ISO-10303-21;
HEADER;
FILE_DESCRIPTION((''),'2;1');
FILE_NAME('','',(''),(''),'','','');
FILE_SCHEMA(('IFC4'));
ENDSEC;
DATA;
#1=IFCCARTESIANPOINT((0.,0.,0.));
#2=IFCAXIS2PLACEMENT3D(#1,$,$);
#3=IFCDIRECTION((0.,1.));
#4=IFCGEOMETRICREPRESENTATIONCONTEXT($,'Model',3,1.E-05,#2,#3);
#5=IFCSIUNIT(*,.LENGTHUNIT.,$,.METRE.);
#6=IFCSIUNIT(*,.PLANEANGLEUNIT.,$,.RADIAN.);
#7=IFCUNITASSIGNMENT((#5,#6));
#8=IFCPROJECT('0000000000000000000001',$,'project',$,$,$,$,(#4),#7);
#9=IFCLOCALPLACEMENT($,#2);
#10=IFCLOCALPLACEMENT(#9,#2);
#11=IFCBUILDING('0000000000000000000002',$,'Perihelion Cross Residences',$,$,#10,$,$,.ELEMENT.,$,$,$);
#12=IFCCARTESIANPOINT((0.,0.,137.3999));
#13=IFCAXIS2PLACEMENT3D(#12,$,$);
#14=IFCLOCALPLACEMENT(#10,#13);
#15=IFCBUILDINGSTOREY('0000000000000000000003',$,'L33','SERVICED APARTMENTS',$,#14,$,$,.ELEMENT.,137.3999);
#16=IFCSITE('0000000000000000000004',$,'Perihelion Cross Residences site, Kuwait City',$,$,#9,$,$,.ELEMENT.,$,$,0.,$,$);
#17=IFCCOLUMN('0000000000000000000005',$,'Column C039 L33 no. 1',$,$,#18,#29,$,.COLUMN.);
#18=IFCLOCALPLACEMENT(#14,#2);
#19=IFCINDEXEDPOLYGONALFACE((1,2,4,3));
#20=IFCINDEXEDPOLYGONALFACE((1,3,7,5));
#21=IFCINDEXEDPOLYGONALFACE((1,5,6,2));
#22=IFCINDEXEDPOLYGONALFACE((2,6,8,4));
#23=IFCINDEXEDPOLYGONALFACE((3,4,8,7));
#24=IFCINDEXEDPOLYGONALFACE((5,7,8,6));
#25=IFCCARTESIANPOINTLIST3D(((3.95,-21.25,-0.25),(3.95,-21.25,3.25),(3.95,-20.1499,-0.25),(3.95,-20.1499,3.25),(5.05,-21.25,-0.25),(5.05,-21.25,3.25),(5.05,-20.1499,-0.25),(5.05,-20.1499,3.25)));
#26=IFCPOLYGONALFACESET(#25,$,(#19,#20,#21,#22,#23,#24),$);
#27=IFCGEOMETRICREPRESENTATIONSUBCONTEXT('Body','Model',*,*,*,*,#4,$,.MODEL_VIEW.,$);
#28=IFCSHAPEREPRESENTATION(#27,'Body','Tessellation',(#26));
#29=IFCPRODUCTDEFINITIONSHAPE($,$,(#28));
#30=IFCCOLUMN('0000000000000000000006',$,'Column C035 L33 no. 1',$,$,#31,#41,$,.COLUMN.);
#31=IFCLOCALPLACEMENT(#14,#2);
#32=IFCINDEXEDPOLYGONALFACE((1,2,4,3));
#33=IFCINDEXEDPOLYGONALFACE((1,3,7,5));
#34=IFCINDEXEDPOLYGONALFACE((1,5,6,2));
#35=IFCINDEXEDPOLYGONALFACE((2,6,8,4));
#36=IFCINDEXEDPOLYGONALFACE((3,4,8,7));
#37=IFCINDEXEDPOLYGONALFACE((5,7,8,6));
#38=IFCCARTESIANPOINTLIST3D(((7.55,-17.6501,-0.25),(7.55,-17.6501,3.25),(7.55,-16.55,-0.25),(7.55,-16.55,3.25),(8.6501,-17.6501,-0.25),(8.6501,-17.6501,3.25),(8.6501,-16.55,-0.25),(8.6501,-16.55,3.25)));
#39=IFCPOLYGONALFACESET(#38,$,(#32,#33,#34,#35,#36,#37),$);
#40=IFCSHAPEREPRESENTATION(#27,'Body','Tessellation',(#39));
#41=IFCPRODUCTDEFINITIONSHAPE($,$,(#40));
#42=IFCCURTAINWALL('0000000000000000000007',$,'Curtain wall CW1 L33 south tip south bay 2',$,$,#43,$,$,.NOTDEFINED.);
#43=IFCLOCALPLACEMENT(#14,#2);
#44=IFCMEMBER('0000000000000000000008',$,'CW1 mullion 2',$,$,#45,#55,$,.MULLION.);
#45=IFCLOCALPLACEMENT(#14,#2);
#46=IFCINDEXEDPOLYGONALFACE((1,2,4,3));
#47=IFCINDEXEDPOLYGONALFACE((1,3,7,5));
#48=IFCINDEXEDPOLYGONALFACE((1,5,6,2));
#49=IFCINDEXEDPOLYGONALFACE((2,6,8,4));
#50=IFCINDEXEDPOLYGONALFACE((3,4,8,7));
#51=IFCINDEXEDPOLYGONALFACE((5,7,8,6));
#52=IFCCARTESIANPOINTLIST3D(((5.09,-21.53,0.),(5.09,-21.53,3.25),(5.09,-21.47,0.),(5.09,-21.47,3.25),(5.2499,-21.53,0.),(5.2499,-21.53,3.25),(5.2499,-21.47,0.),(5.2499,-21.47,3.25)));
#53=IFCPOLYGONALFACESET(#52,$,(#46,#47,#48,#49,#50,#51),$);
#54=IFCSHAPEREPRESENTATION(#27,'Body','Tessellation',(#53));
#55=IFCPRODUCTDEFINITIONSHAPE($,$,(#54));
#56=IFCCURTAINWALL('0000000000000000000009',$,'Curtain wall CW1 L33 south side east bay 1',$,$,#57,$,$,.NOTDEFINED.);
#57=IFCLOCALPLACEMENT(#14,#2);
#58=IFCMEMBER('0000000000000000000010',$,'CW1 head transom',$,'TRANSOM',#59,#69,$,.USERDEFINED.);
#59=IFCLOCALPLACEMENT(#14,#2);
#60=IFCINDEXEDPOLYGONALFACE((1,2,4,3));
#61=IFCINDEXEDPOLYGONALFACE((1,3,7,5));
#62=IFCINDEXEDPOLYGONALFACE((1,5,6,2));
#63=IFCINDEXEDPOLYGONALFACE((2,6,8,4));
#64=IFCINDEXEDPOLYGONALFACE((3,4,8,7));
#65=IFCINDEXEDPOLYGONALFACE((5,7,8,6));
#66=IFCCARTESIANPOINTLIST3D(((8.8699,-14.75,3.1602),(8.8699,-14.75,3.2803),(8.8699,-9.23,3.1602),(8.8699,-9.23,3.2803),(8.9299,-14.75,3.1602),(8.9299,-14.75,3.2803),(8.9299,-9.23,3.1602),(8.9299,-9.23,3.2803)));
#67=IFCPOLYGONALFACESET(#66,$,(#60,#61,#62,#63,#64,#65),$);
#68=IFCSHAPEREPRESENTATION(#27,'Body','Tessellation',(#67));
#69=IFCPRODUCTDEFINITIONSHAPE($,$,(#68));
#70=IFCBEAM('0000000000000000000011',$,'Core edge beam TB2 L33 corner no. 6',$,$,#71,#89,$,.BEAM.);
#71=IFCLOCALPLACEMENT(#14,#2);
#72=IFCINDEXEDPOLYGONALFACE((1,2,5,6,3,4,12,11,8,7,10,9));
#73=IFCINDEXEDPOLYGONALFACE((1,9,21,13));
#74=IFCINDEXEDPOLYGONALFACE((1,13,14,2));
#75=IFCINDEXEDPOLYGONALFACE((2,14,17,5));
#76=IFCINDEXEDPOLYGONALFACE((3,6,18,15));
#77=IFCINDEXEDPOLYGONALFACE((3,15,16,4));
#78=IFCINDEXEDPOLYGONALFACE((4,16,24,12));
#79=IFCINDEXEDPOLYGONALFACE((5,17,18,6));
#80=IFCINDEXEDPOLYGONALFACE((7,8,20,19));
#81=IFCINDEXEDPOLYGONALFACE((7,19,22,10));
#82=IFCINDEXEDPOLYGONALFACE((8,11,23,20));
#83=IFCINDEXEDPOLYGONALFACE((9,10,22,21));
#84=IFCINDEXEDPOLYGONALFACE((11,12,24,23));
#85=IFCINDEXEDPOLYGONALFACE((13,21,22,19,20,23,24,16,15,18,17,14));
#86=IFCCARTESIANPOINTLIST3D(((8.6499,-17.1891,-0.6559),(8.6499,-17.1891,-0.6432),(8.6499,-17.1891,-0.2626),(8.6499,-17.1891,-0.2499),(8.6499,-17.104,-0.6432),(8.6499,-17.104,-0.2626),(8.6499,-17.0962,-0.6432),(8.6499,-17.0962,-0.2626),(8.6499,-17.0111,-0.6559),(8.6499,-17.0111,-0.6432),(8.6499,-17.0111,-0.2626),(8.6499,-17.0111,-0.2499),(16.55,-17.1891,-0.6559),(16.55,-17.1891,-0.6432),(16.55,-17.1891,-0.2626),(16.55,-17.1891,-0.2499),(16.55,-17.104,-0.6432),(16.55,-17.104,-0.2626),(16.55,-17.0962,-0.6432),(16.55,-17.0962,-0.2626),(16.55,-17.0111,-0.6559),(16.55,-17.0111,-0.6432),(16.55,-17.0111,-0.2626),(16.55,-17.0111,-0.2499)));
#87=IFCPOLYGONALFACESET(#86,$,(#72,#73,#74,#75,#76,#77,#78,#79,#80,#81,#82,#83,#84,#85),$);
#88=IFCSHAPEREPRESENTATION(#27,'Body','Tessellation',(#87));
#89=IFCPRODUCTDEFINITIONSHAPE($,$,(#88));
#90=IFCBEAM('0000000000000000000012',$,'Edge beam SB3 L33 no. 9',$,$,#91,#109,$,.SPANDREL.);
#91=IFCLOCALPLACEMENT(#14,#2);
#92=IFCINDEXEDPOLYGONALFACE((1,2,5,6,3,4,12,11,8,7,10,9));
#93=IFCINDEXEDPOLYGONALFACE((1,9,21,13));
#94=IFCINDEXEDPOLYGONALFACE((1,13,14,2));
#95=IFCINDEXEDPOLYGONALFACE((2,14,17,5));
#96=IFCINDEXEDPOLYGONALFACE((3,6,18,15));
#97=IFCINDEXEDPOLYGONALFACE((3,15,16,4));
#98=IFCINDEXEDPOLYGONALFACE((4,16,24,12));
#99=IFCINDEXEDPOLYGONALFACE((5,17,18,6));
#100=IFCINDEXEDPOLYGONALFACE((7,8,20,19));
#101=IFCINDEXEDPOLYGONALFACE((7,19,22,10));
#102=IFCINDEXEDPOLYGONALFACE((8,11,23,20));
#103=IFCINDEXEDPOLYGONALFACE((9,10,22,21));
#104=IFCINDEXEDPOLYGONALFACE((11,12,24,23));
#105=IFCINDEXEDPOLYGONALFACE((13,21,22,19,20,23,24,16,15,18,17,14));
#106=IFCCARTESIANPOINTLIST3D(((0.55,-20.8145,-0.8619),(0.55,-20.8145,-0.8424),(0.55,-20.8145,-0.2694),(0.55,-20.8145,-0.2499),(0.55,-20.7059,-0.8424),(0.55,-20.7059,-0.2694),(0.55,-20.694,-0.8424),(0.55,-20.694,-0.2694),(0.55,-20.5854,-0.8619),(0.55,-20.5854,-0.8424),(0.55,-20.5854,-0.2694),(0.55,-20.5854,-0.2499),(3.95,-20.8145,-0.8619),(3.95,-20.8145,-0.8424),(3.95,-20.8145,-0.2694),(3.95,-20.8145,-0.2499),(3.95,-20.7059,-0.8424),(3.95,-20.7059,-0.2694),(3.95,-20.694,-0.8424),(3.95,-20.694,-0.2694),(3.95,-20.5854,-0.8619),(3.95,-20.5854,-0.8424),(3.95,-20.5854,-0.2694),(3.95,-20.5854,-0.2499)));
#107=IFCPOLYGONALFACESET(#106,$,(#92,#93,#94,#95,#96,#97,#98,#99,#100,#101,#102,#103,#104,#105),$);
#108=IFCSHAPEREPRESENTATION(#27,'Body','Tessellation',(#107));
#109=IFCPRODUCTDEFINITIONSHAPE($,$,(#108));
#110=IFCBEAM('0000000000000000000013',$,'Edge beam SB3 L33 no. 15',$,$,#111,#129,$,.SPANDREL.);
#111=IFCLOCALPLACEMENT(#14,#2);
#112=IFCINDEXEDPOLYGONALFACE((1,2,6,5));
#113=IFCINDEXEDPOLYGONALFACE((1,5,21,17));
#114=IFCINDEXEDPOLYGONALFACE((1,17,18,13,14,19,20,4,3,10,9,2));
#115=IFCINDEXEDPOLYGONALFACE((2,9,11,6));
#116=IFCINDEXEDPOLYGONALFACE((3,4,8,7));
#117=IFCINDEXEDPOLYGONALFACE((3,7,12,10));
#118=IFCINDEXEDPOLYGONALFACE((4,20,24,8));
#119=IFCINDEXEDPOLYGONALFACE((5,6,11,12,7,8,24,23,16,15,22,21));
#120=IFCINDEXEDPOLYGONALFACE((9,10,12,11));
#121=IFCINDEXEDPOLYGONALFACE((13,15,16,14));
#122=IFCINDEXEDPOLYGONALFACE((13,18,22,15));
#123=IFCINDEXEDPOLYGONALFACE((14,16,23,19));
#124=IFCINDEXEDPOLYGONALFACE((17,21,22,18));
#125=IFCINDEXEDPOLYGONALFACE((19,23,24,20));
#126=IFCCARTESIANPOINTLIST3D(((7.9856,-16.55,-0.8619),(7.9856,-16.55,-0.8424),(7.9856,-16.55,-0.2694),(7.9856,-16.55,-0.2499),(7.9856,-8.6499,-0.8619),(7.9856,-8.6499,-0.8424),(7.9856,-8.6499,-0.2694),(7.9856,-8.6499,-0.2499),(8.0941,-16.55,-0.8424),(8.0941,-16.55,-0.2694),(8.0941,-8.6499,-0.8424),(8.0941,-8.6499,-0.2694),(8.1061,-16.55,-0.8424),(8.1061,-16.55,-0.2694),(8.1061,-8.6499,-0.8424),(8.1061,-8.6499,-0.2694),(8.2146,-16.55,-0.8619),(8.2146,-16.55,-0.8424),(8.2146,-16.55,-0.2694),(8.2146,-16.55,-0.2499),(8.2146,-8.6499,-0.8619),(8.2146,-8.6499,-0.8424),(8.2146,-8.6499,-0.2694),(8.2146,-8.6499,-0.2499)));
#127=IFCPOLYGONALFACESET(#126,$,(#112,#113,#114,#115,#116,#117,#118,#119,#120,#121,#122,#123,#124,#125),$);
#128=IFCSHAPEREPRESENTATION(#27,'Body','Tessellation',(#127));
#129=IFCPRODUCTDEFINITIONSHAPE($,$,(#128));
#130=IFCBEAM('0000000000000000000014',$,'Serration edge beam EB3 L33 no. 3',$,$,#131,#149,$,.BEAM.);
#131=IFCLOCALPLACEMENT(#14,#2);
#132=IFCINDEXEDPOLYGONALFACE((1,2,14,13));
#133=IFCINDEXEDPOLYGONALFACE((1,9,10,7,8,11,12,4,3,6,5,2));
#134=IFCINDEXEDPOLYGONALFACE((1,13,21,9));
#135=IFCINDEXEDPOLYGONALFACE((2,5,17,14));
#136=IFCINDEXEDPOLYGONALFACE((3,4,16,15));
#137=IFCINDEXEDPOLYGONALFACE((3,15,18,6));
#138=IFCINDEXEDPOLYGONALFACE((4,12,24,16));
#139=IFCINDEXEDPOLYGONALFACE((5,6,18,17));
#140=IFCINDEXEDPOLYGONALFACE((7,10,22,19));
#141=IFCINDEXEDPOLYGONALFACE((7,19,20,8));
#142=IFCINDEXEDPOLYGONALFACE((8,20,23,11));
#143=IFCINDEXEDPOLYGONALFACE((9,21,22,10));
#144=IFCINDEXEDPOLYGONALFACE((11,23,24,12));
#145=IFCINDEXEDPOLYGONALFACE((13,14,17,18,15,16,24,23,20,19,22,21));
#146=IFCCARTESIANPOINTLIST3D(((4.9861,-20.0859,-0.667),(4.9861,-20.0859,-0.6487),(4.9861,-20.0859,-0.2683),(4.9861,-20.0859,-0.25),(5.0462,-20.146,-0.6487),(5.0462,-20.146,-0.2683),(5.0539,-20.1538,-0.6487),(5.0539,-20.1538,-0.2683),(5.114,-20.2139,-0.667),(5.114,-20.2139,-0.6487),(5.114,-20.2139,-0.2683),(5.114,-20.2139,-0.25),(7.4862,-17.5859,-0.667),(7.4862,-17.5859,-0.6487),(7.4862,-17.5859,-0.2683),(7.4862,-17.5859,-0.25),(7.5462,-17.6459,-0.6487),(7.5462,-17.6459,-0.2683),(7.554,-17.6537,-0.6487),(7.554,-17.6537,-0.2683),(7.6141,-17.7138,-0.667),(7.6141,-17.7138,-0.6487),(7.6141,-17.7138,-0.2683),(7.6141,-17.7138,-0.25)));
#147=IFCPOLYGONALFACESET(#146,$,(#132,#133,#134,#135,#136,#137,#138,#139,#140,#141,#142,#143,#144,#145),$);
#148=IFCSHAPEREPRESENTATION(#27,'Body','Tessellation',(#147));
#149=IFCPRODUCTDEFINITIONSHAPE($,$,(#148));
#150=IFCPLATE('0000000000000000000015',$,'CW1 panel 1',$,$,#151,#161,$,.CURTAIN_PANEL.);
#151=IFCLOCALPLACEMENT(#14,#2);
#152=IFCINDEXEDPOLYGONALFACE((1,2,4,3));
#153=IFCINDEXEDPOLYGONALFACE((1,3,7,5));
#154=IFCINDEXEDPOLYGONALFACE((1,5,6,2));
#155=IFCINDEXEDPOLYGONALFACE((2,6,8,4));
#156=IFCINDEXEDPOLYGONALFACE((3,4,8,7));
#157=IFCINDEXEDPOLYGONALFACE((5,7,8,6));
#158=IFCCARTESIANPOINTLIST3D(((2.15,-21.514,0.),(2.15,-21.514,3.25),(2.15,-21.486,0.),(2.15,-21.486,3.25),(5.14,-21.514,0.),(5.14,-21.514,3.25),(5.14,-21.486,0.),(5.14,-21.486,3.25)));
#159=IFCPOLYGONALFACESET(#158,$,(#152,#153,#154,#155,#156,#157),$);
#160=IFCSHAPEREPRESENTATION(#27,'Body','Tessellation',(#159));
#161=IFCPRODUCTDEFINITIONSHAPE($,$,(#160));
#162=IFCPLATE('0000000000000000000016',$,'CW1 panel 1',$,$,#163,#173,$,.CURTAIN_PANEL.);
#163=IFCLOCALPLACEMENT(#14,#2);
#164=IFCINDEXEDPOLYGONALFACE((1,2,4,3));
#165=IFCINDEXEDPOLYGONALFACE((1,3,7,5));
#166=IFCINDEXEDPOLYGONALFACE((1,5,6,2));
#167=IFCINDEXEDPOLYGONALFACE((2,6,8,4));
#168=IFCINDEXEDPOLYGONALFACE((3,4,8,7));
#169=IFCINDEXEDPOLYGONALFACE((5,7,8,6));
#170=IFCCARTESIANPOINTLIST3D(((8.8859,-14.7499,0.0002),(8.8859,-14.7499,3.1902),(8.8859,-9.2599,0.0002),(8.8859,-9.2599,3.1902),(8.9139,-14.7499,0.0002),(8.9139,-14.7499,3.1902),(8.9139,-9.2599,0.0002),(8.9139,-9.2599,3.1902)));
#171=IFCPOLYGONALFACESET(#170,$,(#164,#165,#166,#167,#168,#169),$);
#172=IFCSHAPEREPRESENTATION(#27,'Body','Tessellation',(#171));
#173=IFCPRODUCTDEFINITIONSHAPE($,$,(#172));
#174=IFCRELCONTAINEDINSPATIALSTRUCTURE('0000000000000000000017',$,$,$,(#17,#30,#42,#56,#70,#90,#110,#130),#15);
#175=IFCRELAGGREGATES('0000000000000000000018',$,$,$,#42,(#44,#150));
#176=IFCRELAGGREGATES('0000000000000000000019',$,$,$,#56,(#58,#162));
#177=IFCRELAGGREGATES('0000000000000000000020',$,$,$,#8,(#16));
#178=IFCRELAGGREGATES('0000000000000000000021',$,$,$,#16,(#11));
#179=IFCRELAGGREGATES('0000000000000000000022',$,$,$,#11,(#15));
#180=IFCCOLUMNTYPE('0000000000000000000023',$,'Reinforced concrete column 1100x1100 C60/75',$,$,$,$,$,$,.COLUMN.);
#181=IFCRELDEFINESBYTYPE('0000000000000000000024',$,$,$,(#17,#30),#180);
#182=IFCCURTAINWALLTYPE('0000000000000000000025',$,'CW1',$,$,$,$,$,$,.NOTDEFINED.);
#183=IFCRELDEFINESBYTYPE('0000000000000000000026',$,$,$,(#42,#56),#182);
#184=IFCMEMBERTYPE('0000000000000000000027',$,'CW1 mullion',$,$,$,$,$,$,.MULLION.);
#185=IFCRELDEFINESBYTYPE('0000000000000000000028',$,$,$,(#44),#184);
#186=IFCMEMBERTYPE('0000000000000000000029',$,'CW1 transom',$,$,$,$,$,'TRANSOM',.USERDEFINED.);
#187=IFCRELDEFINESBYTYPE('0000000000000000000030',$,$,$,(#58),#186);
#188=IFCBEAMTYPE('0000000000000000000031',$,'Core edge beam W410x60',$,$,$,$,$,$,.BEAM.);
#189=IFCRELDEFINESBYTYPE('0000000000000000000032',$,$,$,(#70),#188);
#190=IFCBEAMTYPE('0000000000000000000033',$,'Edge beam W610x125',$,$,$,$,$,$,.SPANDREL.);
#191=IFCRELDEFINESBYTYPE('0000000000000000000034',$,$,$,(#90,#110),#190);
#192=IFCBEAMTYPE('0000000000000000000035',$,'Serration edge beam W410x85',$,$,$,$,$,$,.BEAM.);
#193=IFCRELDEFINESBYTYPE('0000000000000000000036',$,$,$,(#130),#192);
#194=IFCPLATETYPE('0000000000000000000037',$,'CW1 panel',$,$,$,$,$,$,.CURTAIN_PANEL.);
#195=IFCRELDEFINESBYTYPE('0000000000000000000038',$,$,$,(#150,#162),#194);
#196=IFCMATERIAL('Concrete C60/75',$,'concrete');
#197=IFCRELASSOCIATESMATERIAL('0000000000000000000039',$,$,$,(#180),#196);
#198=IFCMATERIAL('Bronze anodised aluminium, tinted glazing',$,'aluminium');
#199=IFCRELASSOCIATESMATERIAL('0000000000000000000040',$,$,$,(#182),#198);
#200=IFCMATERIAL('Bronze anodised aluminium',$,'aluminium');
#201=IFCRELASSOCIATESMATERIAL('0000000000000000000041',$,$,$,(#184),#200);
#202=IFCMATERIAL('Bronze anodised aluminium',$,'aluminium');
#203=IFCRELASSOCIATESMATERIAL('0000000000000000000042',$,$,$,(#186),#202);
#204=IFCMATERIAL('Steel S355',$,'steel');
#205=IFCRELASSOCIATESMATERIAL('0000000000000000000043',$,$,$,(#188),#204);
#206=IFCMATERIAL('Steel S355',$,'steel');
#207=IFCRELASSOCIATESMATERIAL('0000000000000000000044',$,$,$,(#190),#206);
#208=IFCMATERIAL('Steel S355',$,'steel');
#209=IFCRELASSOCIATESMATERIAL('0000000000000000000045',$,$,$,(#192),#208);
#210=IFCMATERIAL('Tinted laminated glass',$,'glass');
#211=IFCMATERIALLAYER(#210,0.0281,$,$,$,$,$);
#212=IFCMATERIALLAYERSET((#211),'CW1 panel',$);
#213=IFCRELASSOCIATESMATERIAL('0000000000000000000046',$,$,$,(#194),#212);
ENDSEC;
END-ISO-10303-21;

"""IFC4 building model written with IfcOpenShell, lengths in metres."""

from ifc_helpers import new_model, si_unit, direction, frame, origin, origin_2d, place, context, subcontext, project, spatial, rectangle, i_section, extrude, material, layer, layer_set, material_profile, profile_set, type_object, element, aggregate, save


model = new_model("IFC4")

# Units and contexts
model_context = context("Model", 3, precision=1e-05, world=origin(), true_north=direction((0.0, 1.0)))
body_context = subcontext(model_context, "Body", "Model", "MODEL_VIEW")
ifc_project = project(units=[si_unit("LENGTHUNIT", "METRE"), si_unit("PLANEANGLEUNIT", "RADIAN")], contexts=[model_context])

# Site, building, storey
site_placement = place(None, origin())
site = spatial("IfcSite", under=ifc_project, at=site_placement, Name="Perihelion Cross Residences site, Kuwait City", CompositionType="ELEMENT", RefElevation=0.0)
building_placement = place(site_placement, origin())
building = spatial("IfcBuilding", under=site, at=building_placement, Name="Perihelion Cross Residences", CompositionType="ELEMENT")
storey_placement = place(building_placement, frame((0.0, 0.0, 137.3999)))
storey = spatial("IfcBuildingStorey", under=building, at=storey_placement, Name="L33", Description="SERVICED APARTMENTS", CompositionType="ELEMENT", Elevation=137.3999)

# Columns
ifc_material_1 = material(Name="Concrete C60/75", Category="concrete")
ifc_material_profile_1 = material_profile(ifc_material_1, rectangle(XDim=1.1001, YDim=1.1001, at=origin_2d()), Name="RC 1100x1100")
ifc_profile_set_1 = profile_set([ifc_material_profile_1], Name="Concrete C60/75")
column_type = type_object("IfcColumnType", Name="Reinforced concrete column 1100x1100 C60/75", PredefinedType="COLUMN", material=ifc_profile_set_1)
for number, where, z_axis, x_axis, name in (
    (1, (4.5, -20.7, -0.25), (0.0, 0.0, 1.0), (1.0, 0.0, 0.0), "Column C039 L33 no. 1"),
    (2, (8.1001, -17.1001, -0.25), (0.0, 0.0, 1.0), (1.0, 0.0, 0.0), "Column C035 L33 no. 1"),
):
    element("IfcColumn", number, at=place(storey_placement, frame(where, z_axis=z_axis, x_axis=x_axis)), inside=storey, type_object=column_type, Name=name, PredefinedType="COLUMN", context=body_context, shape_type="SweptSolid", body=[
        extrude(rectangle(XDim=1.1001, YDim=1.1001, at=origin_2d()), origin(), (0.0, 0.0, 1.0), 3.5),
    ])

# Curtain walls, members
ifc_material_2 = material(Name="Bronze anodised aluminium, tinted glazing", Category="aluminium")
curtain_wall_type = type_object("IfcCurtainWallType", Name="CW1", PredefinedType="NOTDEFINED", material=ifc_material_2)
curtain_wall_1_placement = place(storey_placement, origin())
curtain_wall_1 = element("IfcCurtainWall", 3, at=curtain_wall_1_placement, inside=storey, type_object=curtain_wall_type, Name="Curtain wall CW1 L33 south tip south bay 2", PredefinedType="NOTDEFINED")
ifc_material_3 = material(Name="Bronze anodised aluminium", Category="aluminium")
ifc_material_profile_2 = material_profile(ifc_material_3, rectangle(XDim=0.0601, YDim=0.1599, at=origin_2d()), Name="CW1 mullion")
ifc_profile_set_2 = profile_set([ifc_material_profile_2], Name="Bronze anodised aluminium")
member_type_1 = type_object("IfcMemberType", Name="CW1 mullion", PredefinedType="MULLION", material=ifc_profile_set_2)
member_1_placement = place(storey_placement, frame((5.1699, -21.5, 0.0), z_axis=(0.0, 0.0, 1.0), x_axis=(0.0, 1.0, 0.0)))
member_1 = element("IfcMember", 4, at=member_1_placement, type_object=member_type_1, Name="CW1 mullion 2", PredefinedType="MULLION", context=body_context, shape_type="SweptSolid", body=[
    extrude(rectangle(XDim=0.0601, YDim=0.1599, at=origin_2d()), origin(), (0.0, 0.0, 1.0), 3.25),
])
curtain_wall_2_placement = place(storey_placement, origin())
curtain_wall_2 = element("IfcCurtainWall", 5, at=curtain_wall_2_placement, inside=storey, type_object=curtain_wall_type, Name="Curtain wall CW1 L33 south side east bay 1", PredefinedType="NOTDEFINED")
ifc_material_4 = material(Name="Bronze anodised aluminium", Category="aluminium")
ifc_material_profile_3 = material_profile(ifc_material_4, rectangle(XDim=0.0601, YDim=0.1201, at=origin_2d()), Name="CW1 transom")
ifc_profile_set_3 = profile_set([ifc_material_profile_3], Name="Bronze anodised aluminium")
member_type_2 = type_object("IfcMemberType", Name="CW1 transom", ElementType="TRANSOM", PredefinedType="USERDEFINED", material=ifc_profile_set_3)
member_2_placement = place(storey_placement, frame((8.8999, -14.75, 3.2202), z_axis=(0.0, 1.0, 0.0), x_axis=(-1.0, 0.0, 0.0)))
member_2 = element("IfcMember", 6, at=member_2_placement, type_object=member_type_2, Name="CW1 head transom", ObjectType="TRANSOM", PredefinedType="USERDEFINED", context=body_context, shape_type="SweptSolid", body=[
    extrude(rectangle(XDim=0.0601, YDim=0.1201, at=origin_2d()), origin(), (0.0, 0.0, 1.0), 5.52),
])

# Beams
ifc_material_5 = material(Name="Steel S355", Category="steel")
ifc_material_profile_4 = material_profile(ifc_material_5, i_section(OverallWidth=0.178, OverallDepth=0.406, WebThickness=0.0078, FlangeThickness=0.0127, at=origin_2d()), Name="W410x60")
ifc_profile_set_4 = profile_set([ifc_material_profile_4], Name="Steel S355")
beam_type_1 = type_object("IfcBeamType", Name="Core edge beam W410x60", PredefinedType="BEAM", material=ifc_profile_set_4)
beam_1_placement = place(storey_placement, frame((8.6499, -17.1001, -0.4529), z_axis=(1.0, 0.0, 0.0), x_axis=(0.0, 1.0, 0.0)))
element("IfcBeam", 7, at=beam_1_placement, inside=storey, type_object=beam_type_1, Name="Core edge beam TB2 L33 corner no. 6", PredefinedType="BEAM", context=body_context, shape_type="SweptSolid", body=[
    extrude(i_section(OverallWidth=0.178, OverallDepth=0.406, WebThickness=0.0078, FlangeThickness=0.0127, at=origin_2d()), origin(), (0.0, 0.0, 1.0), 7.9001),
])
ifc_material_6 = material(Name="Steel S355", Category="steel")
ifc_material_profile_5 = material_profile(ifc_material_6, i_section(OverallWidth=0.229, OverallDepth=0.6121, WebThickness=0.012, FlangeThickness=0.0195, at=origin_2d()), Name="W610x125")
ifc_profile_set_5 = profile_set([ifc_material_profile_5], Name="Steel S355")
beam_type_2 = type_object("IfcBeamType", Name="Edge beam W610x125", PredefinedType="SPANDREL", material=ifc_profile_set_5)
beam_2_placement = place(storey_placement, frame((0.55, -20.7, -0.5559), z_axis=(1.0, 0.0, 0.0), x_axis=(0.0, 1.0, 0.0)))
element("IfcBeam", 8, at=beam_2_placement, inside=storey, type_object=beam_type_2, Name="Edge beam SB3 L33 no. 9", PredefinedType="SPANDREL", context=body_context, shape_type="SweptSolid", body=[
    extrude(i_section(OverallWidth=0.229, OverallDepth=0.6121, WebThickness=0.012, FlangeThickness=0.0195, at=origin_2d()), origin(), (0.0, 0.0, 1.0), 3.3999),
])
beam_3_placement = place(storey_placement, frame((8.1001, -16.55, -0.5559), z_axis=(0.0, 1.0, 0.0), x_axis=(-1.0, 0.0, 0.0)))
element("IfcBeam", 9, at=beam_3_placement, inside=storey, type_object=beam_type_2, Name="Edge beam SB3 L33 no. 15", PredefinedType="SPANDREL", context=body_context, shape_type="SweptSolid", body=[
    extrude(i_section(OverallWidth=0.229, OverallDepth=0.6121, WebThickness=0.012, FlangeThickness=0.0195, at=origin_2d()), origin(), (0.0, 0.0, 1.0), 7.9001),
])
ifc_material_7 = material(Name="Steel S355", Category="steel")
ifc_material_profile_6 = material_profile(ifc_material_7, i_section(OverallWidth=0.1809, OverallDepth=0.417, WebThickness=0.011, FlangeThickness=0.0183, at=origin_2d()), Name="W410x85")
ifc_profile_set_6 = profile_set([ifc_material_profile_6], Name="Steel S355")
beam_type_3 = type_object("IfcBeamType", Name="Serration edge beam W410x85", PredefinedType="BEAM", material=ifc_profile_set_6)
beam_4_placement = place(storey_placement, frame((5.05, -20.1499, -0.4585), z_axis=(0.707107, 0.707107, 0.0), x_axis=(-0.707107, 0.707107, 0.0)))
element("IfcBeam", 10, at=beam_4_placement, inside=storey, type_object=beam_type_3, Name="Serration edge beam EB3 L33 no. 3", PredefinedType="BEAM", context=body_context, shape_type="SweptSolid", body=[
    extrude(i_section(OverallWidth=0.1809, OverallDepth=0.417, WebThickness=0.011, FlangeThickness=0.0183, at=origin_2d()), origin(), (0.0, 0.0, 1.0), 3.5356),
])

# Plates
ifc_material_8 = material(Name="Tinted laminated glass", Category="glass")
ifc_layer_1 = layer(ifc_material_8, 0.0281)
ifc_layer_set_1 = layer_set([ifc_layer_1], Name="CW1 panel")
plate_type = type_object("IfcPlateType", Name="CW1 panel", PredefinedType="CURTAIN_PANEL", material=ifc_layer_set_1)
plate_1_placement = place(storey_placement, frame((3.645, -21.5, 0.0), z_axis=(0.0, 0.0, 1.0), x_axis=(1.0, 0.0, 0.0)))
plate_1 = element("IfcPlate", 11, at=plate_1_placement, type_object=plate_type, Name="CW1 panel 1", PredefinedType="CURTAIN_PANEL", context=body_context, shape_type="SweptSolid", body=[
    extrude(rectangle(XDim=2.99, YDim=0.0281, at=origin_2d()), origin(), (0.0, 0.0, 1.0), 3.25),
])
aggregate(curtain_wall_1, [member_1, plate_1])
plate_2_placement = place(storey_placement, frame((8.8999, -12.0049, 0.0002), z_axis=(0.0, 0.0, 1.0), x_axis=(0.0, 1.0, 0.0)))
plate_2 = element("IfcPlate", 12, at=plate_2_placement, type_object=plate_type, Name="CW1 panel 1", PredefinedType="CURTAIN_PANEL", context=body_context, shape_type="SweptSolid", body=[
    extrude(rectangle(XDim=5.49, YDim=0.0281, at=origin_2d()), origin(), (0.0, 0.0, 1.0), 3.1899),
])
aggregate(curtain_wall_2, [member_2, plate_2])

save(model, "model.ifc")
